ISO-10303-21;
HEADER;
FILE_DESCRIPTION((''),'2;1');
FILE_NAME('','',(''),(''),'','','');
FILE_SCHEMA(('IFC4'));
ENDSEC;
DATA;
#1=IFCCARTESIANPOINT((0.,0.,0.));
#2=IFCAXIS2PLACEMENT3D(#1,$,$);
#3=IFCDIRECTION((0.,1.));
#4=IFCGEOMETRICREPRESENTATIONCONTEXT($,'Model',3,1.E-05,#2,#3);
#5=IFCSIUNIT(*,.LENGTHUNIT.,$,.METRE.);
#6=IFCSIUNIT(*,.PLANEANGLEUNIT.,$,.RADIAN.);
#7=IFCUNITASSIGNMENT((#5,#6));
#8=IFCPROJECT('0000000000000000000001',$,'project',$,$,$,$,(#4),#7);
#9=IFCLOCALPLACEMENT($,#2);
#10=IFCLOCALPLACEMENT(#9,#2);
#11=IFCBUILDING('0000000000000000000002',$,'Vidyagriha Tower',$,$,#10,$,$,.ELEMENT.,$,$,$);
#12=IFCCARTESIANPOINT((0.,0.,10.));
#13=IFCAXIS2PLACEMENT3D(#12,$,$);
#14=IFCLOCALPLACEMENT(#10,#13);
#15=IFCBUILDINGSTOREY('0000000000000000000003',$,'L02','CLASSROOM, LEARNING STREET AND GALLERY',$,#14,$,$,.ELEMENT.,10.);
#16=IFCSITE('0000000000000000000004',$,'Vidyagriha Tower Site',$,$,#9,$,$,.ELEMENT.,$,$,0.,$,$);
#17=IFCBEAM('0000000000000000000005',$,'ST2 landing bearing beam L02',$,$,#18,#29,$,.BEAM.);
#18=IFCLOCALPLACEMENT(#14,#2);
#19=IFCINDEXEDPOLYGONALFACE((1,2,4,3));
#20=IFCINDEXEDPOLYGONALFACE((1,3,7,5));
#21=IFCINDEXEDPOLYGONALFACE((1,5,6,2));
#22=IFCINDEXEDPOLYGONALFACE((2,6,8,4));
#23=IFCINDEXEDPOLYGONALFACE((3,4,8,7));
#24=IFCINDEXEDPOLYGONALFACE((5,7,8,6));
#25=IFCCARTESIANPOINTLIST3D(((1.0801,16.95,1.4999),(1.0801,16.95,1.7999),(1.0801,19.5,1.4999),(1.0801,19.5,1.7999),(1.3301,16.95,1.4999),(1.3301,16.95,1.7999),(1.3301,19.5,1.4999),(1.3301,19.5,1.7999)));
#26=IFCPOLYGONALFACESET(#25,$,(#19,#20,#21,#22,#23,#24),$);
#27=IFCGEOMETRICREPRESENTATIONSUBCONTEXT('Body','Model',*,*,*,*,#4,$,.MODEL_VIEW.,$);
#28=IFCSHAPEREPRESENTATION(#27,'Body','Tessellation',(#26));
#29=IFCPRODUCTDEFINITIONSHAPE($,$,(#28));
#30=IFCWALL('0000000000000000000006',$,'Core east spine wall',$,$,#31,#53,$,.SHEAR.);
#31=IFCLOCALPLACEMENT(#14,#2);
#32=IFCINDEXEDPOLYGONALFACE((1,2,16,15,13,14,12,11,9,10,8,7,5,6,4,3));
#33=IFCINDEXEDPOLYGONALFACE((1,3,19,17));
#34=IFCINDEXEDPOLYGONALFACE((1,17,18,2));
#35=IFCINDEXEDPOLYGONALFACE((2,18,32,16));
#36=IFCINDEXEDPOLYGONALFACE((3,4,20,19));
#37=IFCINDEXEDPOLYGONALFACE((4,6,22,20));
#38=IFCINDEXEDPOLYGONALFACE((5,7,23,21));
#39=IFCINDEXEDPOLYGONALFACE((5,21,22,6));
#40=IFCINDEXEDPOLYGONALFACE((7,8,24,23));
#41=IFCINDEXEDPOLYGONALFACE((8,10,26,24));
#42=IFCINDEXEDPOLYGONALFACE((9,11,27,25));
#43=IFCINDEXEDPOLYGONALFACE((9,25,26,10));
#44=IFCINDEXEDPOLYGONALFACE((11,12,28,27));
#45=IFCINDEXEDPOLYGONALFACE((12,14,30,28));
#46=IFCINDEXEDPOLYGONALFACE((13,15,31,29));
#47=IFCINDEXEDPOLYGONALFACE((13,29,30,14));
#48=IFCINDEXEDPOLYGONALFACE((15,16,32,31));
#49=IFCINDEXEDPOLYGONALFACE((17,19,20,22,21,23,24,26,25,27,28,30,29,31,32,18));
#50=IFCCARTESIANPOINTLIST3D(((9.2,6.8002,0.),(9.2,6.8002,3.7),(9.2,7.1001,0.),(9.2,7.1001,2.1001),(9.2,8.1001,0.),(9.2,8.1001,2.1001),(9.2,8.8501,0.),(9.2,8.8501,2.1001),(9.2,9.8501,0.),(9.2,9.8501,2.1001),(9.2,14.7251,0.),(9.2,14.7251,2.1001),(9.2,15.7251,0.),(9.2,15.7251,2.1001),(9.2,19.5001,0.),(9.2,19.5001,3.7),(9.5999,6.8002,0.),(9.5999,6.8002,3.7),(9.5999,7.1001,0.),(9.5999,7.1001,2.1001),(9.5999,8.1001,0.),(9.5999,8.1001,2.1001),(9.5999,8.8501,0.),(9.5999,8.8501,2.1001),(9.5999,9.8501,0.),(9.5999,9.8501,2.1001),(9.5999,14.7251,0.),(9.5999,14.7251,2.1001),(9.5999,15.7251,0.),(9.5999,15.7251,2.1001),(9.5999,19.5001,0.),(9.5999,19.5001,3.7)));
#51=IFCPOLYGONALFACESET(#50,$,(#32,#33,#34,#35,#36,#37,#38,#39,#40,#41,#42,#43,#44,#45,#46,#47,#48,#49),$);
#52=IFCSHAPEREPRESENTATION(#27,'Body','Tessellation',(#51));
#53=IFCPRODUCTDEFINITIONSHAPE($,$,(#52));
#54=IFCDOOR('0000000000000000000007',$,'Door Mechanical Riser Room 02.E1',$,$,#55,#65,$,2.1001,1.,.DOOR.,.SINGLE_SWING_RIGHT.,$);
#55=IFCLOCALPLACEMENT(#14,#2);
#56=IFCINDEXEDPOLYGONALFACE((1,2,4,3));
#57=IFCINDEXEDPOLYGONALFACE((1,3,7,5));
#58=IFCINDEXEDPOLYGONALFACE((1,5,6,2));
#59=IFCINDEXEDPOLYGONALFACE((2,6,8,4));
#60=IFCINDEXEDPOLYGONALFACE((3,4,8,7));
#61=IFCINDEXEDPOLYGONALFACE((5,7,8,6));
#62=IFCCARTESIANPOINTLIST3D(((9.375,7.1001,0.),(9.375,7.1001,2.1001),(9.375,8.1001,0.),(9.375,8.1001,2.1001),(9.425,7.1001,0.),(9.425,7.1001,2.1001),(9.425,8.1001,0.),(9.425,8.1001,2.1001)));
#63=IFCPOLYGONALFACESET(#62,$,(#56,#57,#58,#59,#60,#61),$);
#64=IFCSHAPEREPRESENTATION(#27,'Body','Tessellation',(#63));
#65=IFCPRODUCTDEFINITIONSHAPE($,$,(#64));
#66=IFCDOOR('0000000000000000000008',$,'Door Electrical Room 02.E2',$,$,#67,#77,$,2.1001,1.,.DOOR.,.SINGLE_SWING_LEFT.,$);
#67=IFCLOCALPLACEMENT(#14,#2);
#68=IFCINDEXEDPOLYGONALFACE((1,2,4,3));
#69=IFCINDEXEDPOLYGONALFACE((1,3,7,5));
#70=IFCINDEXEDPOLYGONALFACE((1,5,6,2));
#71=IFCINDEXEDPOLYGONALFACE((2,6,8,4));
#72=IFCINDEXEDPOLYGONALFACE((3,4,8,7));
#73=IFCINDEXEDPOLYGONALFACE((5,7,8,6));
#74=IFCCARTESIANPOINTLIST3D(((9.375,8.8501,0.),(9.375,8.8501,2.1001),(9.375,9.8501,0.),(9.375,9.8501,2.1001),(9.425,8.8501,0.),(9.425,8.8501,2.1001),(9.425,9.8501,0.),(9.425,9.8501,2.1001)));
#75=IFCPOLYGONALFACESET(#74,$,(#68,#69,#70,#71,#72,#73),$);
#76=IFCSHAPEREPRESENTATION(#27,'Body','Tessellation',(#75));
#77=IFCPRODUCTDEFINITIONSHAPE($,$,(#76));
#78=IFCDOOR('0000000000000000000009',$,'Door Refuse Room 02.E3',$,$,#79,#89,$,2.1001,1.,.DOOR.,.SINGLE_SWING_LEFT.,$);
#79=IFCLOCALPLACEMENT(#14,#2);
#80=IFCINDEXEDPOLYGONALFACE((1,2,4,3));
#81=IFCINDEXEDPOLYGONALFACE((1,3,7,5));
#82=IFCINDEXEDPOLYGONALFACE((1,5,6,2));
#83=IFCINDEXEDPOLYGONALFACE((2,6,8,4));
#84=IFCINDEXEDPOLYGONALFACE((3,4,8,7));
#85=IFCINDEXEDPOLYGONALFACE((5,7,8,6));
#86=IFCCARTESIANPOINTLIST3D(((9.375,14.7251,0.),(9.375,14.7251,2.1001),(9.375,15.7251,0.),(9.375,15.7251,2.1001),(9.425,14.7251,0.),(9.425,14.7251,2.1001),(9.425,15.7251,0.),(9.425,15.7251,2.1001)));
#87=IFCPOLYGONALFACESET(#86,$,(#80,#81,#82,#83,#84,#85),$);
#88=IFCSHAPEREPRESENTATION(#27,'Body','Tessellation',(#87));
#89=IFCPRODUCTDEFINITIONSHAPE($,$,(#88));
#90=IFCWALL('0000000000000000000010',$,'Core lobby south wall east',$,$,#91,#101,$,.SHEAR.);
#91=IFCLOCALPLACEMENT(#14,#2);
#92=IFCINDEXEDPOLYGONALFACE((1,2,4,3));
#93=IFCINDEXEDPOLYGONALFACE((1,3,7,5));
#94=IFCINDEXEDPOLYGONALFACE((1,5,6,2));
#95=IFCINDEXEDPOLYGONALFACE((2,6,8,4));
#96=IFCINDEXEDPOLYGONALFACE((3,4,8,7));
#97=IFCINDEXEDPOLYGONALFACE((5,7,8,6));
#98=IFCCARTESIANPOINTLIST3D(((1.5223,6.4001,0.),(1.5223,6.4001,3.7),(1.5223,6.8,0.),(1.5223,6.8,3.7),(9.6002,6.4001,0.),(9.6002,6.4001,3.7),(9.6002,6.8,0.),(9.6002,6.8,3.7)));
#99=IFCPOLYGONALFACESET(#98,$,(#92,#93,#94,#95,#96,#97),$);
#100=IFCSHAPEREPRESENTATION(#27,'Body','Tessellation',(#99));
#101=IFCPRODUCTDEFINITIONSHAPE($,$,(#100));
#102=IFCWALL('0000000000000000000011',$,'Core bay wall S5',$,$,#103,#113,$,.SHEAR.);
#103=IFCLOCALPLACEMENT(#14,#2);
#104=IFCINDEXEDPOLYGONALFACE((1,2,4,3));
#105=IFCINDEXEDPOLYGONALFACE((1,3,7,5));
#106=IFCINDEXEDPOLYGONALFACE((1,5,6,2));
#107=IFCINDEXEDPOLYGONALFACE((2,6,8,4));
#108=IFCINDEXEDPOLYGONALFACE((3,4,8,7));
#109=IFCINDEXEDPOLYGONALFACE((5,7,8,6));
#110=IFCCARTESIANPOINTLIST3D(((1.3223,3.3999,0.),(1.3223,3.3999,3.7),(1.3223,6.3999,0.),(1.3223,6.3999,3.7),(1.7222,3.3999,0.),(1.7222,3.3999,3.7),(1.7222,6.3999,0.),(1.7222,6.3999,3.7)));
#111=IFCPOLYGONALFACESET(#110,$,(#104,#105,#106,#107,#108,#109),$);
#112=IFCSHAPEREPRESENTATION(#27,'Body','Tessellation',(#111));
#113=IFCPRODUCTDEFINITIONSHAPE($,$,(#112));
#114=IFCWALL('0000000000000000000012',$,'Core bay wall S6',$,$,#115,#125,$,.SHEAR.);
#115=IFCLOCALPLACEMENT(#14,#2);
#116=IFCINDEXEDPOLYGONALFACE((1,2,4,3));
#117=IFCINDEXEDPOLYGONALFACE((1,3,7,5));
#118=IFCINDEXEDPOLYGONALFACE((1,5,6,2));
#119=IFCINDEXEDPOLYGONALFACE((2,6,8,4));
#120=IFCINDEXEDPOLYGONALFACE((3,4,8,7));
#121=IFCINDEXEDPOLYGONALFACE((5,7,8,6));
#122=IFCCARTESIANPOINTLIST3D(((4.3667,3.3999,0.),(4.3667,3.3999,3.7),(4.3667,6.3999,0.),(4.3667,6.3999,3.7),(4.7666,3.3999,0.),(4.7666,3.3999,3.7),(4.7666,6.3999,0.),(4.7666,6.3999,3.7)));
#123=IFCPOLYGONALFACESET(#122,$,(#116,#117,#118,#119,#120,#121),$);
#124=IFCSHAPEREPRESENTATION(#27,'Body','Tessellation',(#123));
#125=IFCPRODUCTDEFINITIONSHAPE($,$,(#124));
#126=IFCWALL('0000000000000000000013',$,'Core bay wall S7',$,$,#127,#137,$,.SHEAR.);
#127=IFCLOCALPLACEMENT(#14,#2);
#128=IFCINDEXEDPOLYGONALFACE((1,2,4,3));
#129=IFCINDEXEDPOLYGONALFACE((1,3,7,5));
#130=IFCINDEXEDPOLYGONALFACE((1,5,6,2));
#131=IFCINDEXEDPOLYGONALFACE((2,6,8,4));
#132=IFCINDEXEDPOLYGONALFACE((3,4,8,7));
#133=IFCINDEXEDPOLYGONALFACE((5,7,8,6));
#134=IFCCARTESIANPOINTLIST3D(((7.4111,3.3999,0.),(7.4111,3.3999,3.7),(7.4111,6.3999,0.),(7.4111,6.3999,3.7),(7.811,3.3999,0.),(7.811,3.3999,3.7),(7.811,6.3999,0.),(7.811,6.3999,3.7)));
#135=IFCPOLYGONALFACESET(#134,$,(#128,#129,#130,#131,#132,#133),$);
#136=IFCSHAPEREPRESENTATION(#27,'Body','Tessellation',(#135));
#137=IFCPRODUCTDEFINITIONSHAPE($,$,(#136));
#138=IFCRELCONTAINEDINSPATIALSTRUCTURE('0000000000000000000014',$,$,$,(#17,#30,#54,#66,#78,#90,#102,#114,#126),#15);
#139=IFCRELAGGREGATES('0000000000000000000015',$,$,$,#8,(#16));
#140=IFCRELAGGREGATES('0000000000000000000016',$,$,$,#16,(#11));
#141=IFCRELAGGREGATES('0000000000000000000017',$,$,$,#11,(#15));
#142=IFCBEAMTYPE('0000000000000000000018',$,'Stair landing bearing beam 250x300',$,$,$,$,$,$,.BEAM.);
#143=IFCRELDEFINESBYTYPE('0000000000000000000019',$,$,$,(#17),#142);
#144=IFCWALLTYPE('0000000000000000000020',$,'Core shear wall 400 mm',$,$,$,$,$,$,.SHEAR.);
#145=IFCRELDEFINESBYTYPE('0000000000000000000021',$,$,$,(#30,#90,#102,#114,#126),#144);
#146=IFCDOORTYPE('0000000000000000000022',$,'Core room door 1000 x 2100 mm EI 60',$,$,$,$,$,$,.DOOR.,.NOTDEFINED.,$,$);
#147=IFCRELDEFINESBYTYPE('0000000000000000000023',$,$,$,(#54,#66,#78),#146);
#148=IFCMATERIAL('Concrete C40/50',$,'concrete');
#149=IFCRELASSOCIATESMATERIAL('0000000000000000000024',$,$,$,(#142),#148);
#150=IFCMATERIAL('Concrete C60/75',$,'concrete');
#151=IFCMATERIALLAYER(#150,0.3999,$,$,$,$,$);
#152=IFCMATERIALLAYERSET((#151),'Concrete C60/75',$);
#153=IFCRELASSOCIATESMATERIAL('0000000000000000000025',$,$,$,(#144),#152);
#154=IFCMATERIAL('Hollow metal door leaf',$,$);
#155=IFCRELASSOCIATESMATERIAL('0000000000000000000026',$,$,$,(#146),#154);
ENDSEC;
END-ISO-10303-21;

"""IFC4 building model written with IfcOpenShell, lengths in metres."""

from ifc_helpers import new_model, si_unit, direction, frame, frame_2d, origin, origin_2d, place, context, subcontext, project, spatial, rectangle, extrude, material, layer, layer_set, material_profile, profile_set, type_object, element, fill, save


model = new_model("IFC4")

# Units and contexts
model_context = context("Model", 3, precision=1e-05, world=origin(), true_north=direction((0.0, 1.0)))
body_context = subcontext(model_context, "Body", "Model", "MODEL_VIEW")
ifc_project = project(units=[si_unit("LENGTHUNIT", "METRE"), si_unit("PLANEANGLEUNIT", "RADIAN")], contexts=[model_context])

# Site, building, storey
site_placement = place(None, origin())
site = spatial("IfcSite", under=ifc_project, at=site_placement, Name="Vidyagriha Tower Site", CompositionType="ELEMENT", RefElevation=0.0)
building_placement = place(site_placement, origin())
building = spatial("IfcBuilding", under=site, at=building_placement, Name="Vidyagriha Tower", CompositionType="ELEMENT")
storey_placement = place(building_placement, frame((0.0, 0.0, 10.0)))
storey = spatial("IfcBuildingStorey", under=building, at=storey_placement, Name="L02", Description="CLASSROOM, LEARNING STREET AND GALLERY", CompositionType="ELEMENT", Elevation=10.0)

# Beam
ifc_material_1 = material(Name="Concrete C40/50", Category="concrete")
ifc_material_profile = material_profile(ifc_material_1, rectangle(XDim=0.25, YDim=0.3, at=origin_2d()), Name="Stair landing bearing beam 250x300")
ifc_profile_set = profile_set([ifc_material_profile], Name="Concrete C40/50")
beam_type = type_object("IfcBeamType", Name="Stair landing bearing beam 250x300", PredefinedType="BEAM", material=ifc_profile_set)
beam_placement = place(storey_placement, frame((1.2051, 16.95, 1.6499), z_axis=(0.0, 1.0, 0.0), x_axis=(-1.0, 0.0, 0.0)))
element("IfcBeam", 1, at=beam_placement, inside=storey, type_object=beam_type, Name="ST2 landing bearing beam L02", PredefinedType="BEAM", context=body_context, shape_type="SweptSolid", body=[
    extrude(rectangle(XDim=0.25, YDim=0.3, at=origin_2d()), origin(), (0.0, 0.0, 1.0), 2.55),
])

# Wall, openings, doors
ifc_material_2 = material(Name="Concrete C60/75", Category="concrete")
ifc_layer_1 = layer(ifc_material_2, 0.3999)
ifc_layer_set_1 = layer_set([ifc_layer_1], Name="Concrete C60/75")
wall_type_1 = type_object("IfcWallType", Name="Core shear wall 400 mm", PredefinedType="SHEAR", material=ifc_layer_set_1)
wall_1_placement = place(storey_placement, frame((9.3999, 6.8, 0.0), z_axis=(0.0, 0.0, 1.0), x_axis=(0.0, 1.0, 0.0)))
wall_1 = element("IfcWall", 2, at=wall_1_placement, inside=storey, type_object=wall_type_1, Name="Core east spine wall", PredefinedType="SHEAR", context=body_context, shape_type="SweptSolid", body=[
    extrude(rectangle(XDim=12.7, YDim=0.3999, at=frame_2d((6.3501, 0.0))), origin(), (0.0, 0.0, 1.0), 3.7),
])
opening_1_placement = place(wall_1_placement, frame((0.3, 0.0, 0.0)))
opening_1 = element("IfcOpeningElement", 3, at=opening_1_placement, cuts=wall_1, PredefinedType="OPENING", context=body_context, shape_type="SweptSolid", body=[
    extrude(rectangle(XDim=1.0, YDim=2.1001, at=frame_2d((0.5, 1.05))), frame((0.0, 0.21, 0.0), z_axis=(0.0, -1.0, 0.0), x_axis=(1.0, 0.0, 0.0)), (0.0, 0.0, 1.0), 0.4199),
])
opening_2_placement = place(wall_1_placement, frame((2.05, 0.0, 0.0)))
opening_2 = element("IfcOpeningElement", 4, at=opening_2_placement, cuts=wall_1, PredefinedType="OPENING", context=body_context, shape_type="SweptSolid", body=[
    extrude(rectangle(XDim=1.0, YDim=2.1001, at=frame_2d((0.5, 1.05))), frame((0.0, 0.21, 0.0), z_axis=(0.0, -1.0, 0.0), x_axis=(1.0, 0.0, 0.0)), (0.0, 0.0, 1.0), 0.4199),
])
opening_3_placement = place(wall_1_placement, frame((7.925, 0.0, 0.0)))
opening_3 = element("IfcOpeningElement", 5, at=opening_3_placement, cuts=wall_1, PredefinedType="OPENING", context=body_context, shape_type="SweptSolid", body=[
    extrude(rectangle(XDim=1.0, YDim=2.1001, at=frame_2d((0.5, 1.05))), frame((0.0, 0.21, 0.0), z_axis=(0.0, -1.0, 0.0), x_axis=(1.0, 0.0, 0.0)), (0.0, 0.0, 1.0), 0.4199),
])
ifc_material_3 = material(Name="Hollow metal door leaf")
door_type_1 = type_object("IfcDoorType", Name="Core room door 1000 x 2100 mm EI 60", OperationType="NOTDEFINED", PredefinedType="DOOR", material=ifc_material_3)
door_1_placement = place(opening_1_placement, origin())
door_1 = element("IfcDoor", 6, at=door_1_placement, inside=storey, type_object=door_type_1, Name="Door Mechanical Riser Room 02.E1", OperationType="SINGLE_SWING_RIGHT", OverallHeight=2.1001, OverallWidth=1.0, PredefinedType="DOOR", context=body_context, shape_type="SweptSolid", body=[
    extrude(rectangle(XDim=1.0, YDim=2.1001, at=frame_2d((0.5, 1.05))), frame((0.0, 0.0249, 0.0), z_axis=(0.0, -1.0, 0.0), x_axis=(1.0, 0.0, 0.0)), (0.0, 0.0, 1.0), 0.05),
])
fill(opening_1, door_1)
door_2_placement = place(opening_2_placement, origin())
door_2 = element("IfcDoor", 7, at=door_2_placement, inside=storey, type_object=door_type_1, Name="Door Electrical Room 02.E2", OperationType="SINGLE_SWING_LEFT", OverallHeight=2.1001, OverallWidth=1.0, PredefinedType="DOOR", context=body_context, shape_type="SweptSolid", body=[
    extrude(rectangle(XDim=1.0, YDim=2.1001, at=frame_2d((0.5, 1.05))), frame((0.0, 0.0249, 0.0), z_axis=(0.0, -1.0, 0.0), x_axis=(1.0, 0.0, 0.0)), (0.0, 0.0, 1.0), 0.05),
])
fill(opening_2, door_2)
door_3_placement = place(opening_3_placement, origin())
door_3 = element("IfcDoor", 8, at=door_3_placement, inside=storey, type_object=door_type_1, Name="Door Refuse Room 02.E3", OperationType="SINGLE_SWING_LEFT", OverallHeight=2.1001, OverallWidth=1.0, PredefinedType="DOOR", context=body_context, shape_type="SweptSolid", body=[
    extrude(rectangle(XDim=1.0, YDim=2.1001, at=frame_2d((0.5, 1.05))), frame((0.0, 0.0249, 0.0), z_axis=(0.0, -1.0, 0.0), x_axis=(1.0, 0.0, 0.0)), (0.0, 0.0, 1.0), 0.05),
])
fill(opening_3, door_3)

# Walls
wall_2_placement = place(storey_placement, frame((1.5222, 6.6001, 0.0)))
element("IfcWall", 9, at=wall_2_placement, inside=storey, type_object=wall_type_1, Name="Core lobby south wall east", PredefinedType="SHEAR", context=body_context, shape_type="SweptSolid", body=[
    extrude(rectangle(XDim=8.0779, YDim=0.3999, at=frame_2d((4.0391, 0.0))), origin(), (0.0, 0.0, 1.0), 3.7),
])
for number, where, z_axis, x_axis, name in (
    (10, (1.5222, 3.3999, 0.0), (0.0, 0.0, 1.0), (0.0, 1.0, 0.0), "Core bay wall S5"),
    (11, (4.5667, 3.3999, 0.0), (0.0, 0.0, 1.0), (0.0, 1.0, 0.0), "Core bay wall S6"),
    (12, (7.6111, 3.3999, 0.0), (0.0, 0.0, 1.0), (0.0, 1.0, 0.0), "Core bay wall S7"),
):
    element("IfcWall", number, at=place(storey_placement, frame(where, z_axis=z_axis, x_axis=x_axis)), inside=storey, type_object=wall_type_1, Name=name, PredefinedType="SHEAR", context=body_context, shape_type="SweptSolid", body=[
        extrude(rectangle(XDim=3.0, YDim=0.3999, at=frame_2d((1.5, 0.0))), origin(), (0.0, 0.0, 1.0), 3.7),
    ])

save(model, "model.ifc")
